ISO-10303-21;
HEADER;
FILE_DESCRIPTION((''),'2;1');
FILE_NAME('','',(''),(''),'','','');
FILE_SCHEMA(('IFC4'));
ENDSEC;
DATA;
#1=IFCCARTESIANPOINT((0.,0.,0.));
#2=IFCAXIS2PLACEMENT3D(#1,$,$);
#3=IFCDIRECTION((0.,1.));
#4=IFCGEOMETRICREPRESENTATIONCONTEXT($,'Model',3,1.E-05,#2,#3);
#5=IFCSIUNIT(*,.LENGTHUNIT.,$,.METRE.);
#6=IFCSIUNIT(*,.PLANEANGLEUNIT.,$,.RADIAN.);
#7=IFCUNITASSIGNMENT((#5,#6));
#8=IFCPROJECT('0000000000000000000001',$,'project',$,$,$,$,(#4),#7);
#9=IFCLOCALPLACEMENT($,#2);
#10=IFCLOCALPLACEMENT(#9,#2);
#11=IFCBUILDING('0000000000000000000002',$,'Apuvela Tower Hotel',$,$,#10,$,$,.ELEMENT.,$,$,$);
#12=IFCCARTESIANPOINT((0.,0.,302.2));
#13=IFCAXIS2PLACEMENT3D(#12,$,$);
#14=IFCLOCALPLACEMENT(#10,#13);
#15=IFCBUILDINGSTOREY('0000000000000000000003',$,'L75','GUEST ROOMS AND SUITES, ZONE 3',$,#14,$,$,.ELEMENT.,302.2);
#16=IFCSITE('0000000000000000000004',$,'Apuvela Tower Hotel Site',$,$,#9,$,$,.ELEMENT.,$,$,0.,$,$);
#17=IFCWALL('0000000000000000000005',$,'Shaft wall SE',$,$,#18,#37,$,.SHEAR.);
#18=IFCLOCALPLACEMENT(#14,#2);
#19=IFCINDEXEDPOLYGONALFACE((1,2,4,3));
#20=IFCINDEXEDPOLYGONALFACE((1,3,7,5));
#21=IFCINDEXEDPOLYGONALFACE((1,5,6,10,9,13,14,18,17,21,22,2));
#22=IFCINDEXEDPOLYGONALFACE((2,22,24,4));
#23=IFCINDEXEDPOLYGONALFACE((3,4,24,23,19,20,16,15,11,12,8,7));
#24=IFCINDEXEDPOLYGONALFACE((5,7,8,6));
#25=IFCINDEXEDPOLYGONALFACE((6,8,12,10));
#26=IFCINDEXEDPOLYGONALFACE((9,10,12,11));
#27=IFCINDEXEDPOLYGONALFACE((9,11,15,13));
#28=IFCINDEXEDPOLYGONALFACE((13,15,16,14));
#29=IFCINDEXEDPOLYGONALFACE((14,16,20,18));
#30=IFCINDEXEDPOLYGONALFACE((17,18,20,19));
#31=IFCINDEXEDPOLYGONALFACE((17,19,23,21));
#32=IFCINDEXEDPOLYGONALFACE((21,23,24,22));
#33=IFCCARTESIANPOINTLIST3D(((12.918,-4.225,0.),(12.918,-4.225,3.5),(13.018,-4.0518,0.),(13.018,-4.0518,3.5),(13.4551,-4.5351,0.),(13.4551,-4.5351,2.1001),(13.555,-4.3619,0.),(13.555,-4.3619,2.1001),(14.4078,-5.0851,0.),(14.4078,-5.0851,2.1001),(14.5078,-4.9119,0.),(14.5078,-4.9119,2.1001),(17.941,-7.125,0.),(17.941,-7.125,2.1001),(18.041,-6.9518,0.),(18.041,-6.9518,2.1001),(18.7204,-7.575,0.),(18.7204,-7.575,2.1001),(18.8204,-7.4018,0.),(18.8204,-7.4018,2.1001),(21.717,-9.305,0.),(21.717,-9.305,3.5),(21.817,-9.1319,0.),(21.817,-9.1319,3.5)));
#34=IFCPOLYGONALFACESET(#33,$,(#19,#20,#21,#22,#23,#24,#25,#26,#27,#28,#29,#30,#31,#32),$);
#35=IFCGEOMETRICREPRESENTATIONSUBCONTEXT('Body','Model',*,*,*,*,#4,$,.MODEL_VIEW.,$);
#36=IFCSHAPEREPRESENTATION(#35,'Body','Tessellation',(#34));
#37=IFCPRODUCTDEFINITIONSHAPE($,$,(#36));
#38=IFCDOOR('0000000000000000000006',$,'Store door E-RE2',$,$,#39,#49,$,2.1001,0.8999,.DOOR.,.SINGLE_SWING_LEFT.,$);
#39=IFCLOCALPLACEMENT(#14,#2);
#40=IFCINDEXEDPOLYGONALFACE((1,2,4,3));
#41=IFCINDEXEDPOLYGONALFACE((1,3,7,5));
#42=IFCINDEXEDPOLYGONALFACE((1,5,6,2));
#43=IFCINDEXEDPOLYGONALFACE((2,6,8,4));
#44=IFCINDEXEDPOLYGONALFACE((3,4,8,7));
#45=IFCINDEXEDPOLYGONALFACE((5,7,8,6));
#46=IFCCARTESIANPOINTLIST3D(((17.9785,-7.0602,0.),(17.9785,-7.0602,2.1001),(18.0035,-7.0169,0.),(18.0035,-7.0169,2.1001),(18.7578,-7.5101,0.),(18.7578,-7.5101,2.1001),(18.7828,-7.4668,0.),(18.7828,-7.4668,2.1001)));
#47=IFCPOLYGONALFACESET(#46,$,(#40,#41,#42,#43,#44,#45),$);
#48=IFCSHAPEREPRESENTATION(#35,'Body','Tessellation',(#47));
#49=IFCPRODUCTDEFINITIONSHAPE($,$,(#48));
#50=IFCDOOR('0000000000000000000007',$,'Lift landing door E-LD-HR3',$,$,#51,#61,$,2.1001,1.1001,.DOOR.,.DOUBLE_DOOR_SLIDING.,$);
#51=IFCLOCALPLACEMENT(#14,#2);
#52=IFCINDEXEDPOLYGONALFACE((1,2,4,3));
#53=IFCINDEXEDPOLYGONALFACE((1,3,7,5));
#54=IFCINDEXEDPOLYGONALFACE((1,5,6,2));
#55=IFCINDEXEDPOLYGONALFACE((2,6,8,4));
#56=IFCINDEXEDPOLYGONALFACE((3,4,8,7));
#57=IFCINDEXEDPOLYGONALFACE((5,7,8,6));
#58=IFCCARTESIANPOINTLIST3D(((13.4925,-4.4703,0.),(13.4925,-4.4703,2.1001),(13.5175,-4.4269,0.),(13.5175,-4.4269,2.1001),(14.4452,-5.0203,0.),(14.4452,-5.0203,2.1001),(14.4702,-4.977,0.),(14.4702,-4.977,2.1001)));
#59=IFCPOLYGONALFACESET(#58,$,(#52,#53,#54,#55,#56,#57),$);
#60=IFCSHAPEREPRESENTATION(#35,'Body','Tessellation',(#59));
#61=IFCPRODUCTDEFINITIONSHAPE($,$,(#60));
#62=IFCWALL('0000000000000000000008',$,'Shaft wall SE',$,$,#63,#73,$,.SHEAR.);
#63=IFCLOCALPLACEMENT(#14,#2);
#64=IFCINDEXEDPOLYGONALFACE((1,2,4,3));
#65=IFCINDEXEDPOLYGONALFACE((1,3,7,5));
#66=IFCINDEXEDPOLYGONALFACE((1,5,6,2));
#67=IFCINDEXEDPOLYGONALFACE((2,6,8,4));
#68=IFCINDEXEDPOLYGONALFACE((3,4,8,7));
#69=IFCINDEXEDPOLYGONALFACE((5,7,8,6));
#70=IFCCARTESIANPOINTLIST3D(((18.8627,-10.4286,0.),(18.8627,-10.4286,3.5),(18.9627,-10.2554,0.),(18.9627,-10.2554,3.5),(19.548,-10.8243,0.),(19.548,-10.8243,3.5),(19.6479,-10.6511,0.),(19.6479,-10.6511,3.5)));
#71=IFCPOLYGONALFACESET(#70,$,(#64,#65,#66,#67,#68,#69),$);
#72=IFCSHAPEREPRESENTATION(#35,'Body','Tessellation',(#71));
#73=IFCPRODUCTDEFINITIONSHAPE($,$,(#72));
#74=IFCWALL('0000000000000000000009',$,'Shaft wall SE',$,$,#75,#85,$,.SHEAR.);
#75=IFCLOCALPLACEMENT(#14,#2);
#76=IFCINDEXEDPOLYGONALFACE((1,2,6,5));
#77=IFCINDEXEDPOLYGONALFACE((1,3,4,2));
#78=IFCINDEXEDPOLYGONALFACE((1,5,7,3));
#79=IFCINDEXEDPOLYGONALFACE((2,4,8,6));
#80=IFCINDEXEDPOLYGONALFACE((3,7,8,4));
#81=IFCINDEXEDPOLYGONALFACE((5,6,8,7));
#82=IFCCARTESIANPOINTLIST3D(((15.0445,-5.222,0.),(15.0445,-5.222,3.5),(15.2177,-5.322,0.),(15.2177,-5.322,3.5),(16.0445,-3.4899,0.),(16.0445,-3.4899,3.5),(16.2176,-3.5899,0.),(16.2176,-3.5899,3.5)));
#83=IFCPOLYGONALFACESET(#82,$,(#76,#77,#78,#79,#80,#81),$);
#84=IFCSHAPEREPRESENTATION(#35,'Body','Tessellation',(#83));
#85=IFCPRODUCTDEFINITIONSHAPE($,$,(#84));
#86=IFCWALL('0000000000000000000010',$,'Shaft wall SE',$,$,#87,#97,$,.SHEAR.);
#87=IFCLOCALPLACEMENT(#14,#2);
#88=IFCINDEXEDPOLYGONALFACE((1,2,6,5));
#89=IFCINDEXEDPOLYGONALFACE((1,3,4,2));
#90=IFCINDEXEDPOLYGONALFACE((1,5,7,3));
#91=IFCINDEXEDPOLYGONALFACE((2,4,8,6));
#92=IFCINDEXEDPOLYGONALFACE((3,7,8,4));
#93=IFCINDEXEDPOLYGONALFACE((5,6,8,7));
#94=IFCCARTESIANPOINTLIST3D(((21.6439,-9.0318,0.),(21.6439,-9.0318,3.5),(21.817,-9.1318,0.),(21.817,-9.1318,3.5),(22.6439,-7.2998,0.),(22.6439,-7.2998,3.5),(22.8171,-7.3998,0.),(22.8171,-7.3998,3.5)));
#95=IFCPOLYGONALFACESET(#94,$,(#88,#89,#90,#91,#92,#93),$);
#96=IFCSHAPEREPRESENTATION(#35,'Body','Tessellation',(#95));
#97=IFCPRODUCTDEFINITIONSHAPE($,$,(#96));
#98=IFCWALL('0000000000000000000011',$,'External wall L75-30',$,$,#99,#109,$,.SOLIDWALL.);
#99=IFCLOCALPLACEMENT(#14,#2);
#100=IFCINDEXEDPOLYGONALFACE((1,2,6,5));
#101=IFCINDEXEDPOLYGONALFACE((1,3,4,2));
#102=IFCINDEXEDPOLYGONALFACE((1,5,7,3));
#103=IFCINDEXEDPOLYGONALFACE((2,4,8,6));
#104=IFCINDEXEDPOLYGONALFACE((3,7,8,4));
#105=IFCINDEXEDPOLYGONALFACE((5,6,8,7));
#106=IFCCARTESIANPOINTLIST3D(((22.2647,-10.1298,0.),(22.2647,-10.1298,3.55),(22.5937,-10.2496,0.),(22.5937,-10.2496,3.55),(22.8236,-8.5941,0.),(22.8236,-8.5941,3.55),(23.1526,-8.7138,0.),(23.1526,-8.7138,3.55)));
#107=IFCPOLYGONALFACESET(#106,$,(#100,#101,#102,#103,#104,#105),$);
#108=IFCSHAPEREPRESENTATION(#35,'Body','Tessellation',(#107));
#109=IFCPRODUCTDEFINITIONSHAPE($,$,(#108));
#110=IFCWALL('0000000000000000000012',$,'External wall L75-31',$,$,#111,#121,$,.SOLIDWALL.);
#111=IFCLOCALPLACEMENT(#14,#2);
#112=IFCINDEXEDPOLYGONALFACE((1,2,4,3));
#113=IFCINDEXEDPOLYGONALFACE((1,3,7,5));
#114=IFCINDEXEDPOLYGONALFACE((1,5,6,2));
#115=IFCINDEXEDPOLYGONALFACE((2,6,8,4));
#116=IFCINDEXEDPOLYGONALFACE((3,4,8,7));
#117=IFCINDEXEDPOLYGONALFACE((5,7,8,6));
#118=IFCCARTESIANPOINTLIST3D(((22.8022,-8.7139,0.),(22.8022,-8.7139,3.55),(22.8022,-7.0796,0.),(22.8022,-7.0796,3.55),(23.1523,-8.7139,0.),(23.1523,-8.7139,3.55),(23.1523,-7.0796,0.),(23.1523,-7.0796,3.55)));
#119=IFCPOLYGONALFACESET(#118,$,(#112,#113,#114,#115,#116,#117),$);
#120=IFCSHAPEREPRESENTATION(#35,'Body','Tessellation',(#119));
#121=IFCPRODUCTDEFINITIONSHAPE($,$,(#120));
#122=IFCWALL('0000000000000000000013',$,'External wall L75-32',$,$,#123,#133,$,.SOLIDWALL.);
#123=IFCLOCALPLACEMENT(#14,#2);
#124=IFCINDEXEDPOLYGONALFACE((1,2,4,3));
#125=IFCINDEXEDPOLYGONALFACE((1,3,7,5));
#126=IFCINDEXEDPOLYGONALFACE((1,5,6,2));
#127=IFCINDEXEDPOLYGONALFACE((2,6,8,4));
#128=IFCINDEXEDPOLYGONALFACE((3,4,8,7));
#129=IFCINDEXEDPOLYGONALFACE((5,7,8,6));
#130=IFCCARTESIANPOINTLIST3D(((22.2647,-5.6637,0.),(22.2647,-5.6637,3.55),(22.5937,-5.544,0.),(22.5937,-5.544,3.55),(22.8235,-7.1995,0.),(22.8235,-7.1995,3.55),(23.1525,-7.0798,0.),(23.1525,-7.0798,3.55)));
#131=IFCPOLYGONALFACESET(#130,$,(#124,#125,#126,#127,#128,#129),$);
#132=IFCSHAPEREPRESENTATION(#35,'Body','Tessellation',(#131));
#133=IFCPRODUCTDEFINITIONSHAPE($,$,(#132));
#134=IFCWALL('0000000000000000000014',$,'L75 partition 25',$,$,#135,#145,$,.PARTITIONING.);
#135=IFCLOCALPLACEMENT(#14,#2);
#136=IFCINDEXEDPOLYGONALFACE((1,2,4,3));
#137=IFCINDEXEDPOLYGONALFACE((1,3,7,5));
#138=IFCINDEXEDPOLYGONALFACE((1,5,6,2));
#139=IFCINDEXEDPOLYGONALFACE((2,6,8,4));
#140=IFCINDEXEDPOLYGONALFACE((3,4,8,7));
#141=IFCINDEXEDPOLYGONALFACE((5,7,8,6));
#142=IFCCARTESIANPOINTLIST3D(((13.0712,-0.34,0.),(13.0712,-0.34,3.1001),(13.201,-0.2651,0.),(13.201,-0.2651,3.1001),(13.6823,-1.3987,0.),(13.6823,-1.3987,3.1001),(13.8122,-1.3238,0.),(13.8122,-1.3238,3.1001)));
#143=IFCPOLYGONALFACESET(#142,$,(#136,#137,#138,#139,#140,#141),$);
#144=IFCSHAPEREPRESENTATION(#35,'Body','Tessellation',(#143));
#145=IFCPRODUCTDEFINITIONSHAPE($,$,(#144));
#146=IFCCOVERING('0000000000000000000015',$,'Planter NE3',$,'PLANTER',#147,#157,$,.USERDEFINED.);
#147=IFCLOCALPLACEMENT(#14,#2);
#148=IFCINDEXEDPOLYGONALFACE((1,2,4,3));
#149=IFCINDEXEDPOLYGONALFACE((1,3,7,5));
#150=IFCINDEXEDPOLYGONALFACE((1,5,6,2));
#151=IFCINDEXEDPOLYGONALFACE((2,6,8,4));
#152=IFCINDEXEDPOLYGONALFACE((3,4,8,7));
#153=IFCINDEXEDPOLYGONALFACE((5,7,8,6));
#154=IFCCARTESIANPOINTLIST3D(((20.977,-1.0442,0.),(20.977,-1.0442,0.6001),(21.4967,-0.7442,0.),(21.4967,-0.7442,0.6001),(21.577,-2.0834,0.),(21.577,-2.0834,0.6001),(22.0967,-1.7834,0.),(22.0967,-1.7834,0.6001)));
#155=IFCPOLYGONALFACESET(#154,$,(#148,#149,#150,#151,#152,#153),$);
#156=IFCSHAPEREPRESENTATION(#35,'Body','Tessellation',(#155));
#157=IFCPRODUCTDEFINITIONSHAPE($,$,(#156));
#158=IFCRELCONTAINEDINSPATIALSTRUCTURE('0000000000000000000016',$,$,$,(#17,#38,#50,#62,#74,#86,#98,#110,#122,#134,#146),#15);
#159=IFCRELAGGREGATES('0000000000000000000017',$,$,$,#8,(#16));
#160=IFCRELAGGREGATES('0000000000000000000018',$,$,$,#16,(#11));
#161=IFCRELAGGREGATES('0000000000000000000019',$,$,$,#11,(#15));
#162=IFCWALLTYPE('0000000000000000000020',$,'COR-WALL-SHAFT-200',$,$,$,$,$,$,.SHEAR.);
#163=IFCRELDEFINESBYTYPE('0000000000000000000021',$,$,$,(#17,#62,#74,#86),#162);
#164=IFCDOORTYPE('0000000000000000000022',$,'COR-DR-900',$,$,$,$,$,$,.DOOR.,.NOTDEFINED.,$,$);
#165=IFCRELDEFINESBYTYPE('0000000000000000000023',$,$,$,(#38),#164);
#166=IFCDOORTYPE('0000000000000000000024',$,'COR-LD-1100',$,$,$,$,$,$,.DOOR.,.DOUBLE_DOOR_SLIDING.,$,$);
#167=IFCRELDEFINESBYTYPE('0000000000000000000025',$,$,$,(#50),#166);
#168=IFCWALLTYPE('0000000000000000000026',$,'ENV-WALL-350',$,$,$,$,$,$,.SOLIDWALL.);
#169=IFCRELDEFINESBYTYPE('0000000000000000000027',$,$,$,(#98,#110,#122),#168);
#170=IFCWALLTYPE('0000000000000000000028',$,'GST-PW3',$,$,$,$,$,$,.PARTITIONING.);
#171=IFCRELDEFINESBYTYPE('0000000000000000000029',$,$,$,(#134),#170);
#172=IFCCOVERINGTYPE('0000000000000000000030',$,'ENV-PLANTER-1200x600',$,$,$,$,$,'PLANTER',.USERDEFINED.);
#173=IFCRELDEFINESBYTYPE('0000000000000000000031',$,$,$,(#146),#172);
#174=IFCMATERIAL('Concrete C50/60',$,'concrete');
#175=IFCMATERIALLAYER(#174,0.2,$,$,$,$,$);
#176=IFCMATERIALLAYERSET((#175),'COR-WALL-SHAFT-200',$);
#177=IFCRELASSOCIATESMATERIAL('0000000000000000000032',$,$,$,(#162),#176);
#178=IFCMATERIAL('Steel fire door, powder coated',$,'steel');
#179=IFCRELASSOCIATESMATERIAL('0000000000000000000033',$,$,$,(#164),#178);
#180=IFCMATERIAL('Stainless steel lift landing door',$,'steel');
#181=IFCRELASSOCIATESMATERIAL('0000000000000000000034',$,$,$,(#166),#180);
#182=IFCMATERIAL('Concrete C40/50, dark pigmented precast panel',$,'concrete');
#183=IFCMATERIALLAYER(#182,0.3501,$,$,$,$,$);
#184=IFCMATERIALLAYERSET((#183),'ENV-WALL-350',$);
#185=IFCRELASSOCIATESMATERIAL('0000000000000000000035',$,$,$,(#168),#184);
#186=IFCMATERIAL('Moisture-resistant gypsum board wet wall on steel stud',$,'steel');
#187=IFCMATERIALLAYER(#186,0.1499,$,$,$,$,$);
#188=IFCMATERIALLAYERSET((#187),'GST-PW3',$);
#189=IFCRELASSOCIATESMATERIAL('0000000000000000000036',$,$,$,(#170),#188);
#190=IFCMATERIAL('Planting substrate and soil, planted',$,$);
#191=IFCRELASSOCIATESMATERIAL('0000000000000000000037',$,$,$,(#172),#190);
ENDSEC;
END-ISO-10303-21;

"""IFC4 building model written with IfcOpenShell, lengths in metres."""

from ifc_helpers import new_model, si_unit, direction, frame, frame_2d, origin, origin_2d, place, context, subcontext, project, spatial, rectangle, extrude, material, layer, layer_set, type_object, element, fill, save


model = new_model("IFC4")

# Units and contexts
model_context = context("Model", 3, precision=1e-05, world=origin(), true_north=direction((0.0, 1.0)))
body_context = subcontext(model_context, "Body", "Model", "MODEL_VIEW")
ifc_project = project(units=[si_unit("LENGTHUNIT", "METRE"), si_unit("PLANEANGLEUNIT", "RADIAN")], contexts=[model_context])

# Site, building, storey
site_placement = place(None, origin())
site = spatial("IfcSite", under=ifc_project, at=site_placement, Name="Apuvela Tower Hotel Site", CompositionType="ELEMENT", RefElevation=0.0)
building_placement = place(site_placement, origin())
building = spatial("IfcBuilding", under=site, at=building_placement, Name="Apuvela Tower Hotel", CompositionType="ELEMENT")
storey_placement = place(building_placement, frame((0.0, 0.0, 302.2)))
storey = spatial("IfcBuildingStorey", under=building, at=storey_placement, Name="L75", Description="GUEST ROOMS AND SUITES, ZONE 3", CompositionType="ELEMENT", Elevation=302.2)

# Shared definitions
ifc_material_1 = material(Name="Concrete C50/60", Category="concrete")
ifc_layer_1 = layer(ifc_material_1, 0.2)
ifc_layer_set_1 = layer_set([ifc_layer_1], Name="COR-WALL-SHAFT-200")
wall_type_1 = type_object("IfcWallType", Name="COR-WALL-SHAFT-200", PredefinedType="SHEAR", material=ifc_layer_set_1)

# Wall, openings, doors
wall_1_placement = place(storey_placement, frame((12.968, -4.1384, 0.0), z_axis=(0.0, 0.0, 1.0), x_axis=(0.866028, -0.499995, 0.0)))
wall_1 = element("IfcWall", 1, at=wall_1_placement, inside=storey, type_object=wall_type_1, Name="Shaft wall SE", PredefinedType="SHEAR", context=body_context, shape_type="SweptSolid", body=[
    extrude(rectangle(XDim=10.1602, YDim=0.2, at=frame_2d((5.0801, 0.0))), origin(), (0.0, 0.0, 1.0), 3.5),
])
opening_1_placement = place(wall_1_placement, frame((0.6201, 0.0, 0.0)))
opening_1 = element("IfcOpeningElement", 2, at=opening_1_placement, cuts=wall_1, PredefinedType="OPENING", context=body_context, shape_type="SweptSolid", body=[
    extrude(rectangle(XDim=1.1001, YDim=2.1001, at=frame_2d((0.55, 1.05))), frame((0.0, 0.1099, 0.0), z_axis=(0.0, -1.0, 0.0), x_axis=(1.0, 0.0, 0.0)), (0.0, 0.0, 1.0), 0.22),
])
opening_2_placement = place(wall_1_placement, frame((5.8, 0.0, 0.0)))
opening_2 = element("IfcOpeningElement", 3, at=opening_2_placement, cuts=wall_1, PredefinedType="OPENING", context=body_context, shape_type="SweptSolid", body=[
    extrude(rectangle(XDim=0.8999, YDim=2.1001, at=frame_2d((0.45, 1.05))), frame((0.0, 0.1099, 0.0), z_axis=(0.0, -1.0, 0.0), x_axis=(1.0, 0.0, 0.0)), (0.0, 0.0, 1.0), 0.22),
])
ifc_material_2 = material(Name="Steel fire door, powder coated", Category="steel")
door_type_1 = type_object("IfcDoorType", Name="COR-DR-900", OperationType="NOTDEFINED", PredefinedType="DOOR", material=ifc_material_2)
door_1_placement = place(opening_2_placement, origin())
door_1 = element("IfcDoor", 4, at=door_1_placement, inside=storey, type_object=door_type_1, Name="Store door E-RE2", OperationType="SINGLE_SWING_LEFT", OverallHeight=2.1001, OverallWidth=0.8999, PredefinedType="DOOR", context=body_context, shape_type="SweptSolid", body=[
    extrude(rectangle(XDim=0.8999, YDim=2.1001, at=frame_2d((0.45, 1.05))), frame((0.0, 0.0249, 0.0), z_axis=(0.0, -1.0, 0.0), x_axis=(1.0, 0.0, 0.0)), (0.0, 0.0, 1.0), 0.05),
])
fill(opening_2, door_1)
ifc_material_3 = material(Name="Stainless steel lift landing door", Category="steel")
door_type_2 = type_object("IfcDoorType", Name="COR-LD-1100", OperationType="DOUBLE_DOOR_SLIDING", PredefinedType="DOOR", material=ifc_material_3)
door_2_placement = place(opening_1_placement, origin())
door_2 = element("IfcDoor", 5, at=door_2_placement, inside=storey, type_object=door_type_2, Name="Lift landing door E-LD-HR3", OperationType="DOUBLE_DOOR_SLIDING", OverallHeight=2.1001, OverallWidth=1.1001, PredefinedType="DOOR", context=body_context, shape_type="SweptSolid", body=[
    extrude(rectangle(XDim=1.1001, YDim=2.1001, at=frame_2d((0.55, 1.05))), frame((0.0, 0.0249, 0.0), z_axis=(0.0, -1.0, 0.0), x_axis=(1.0, 0.0, 0.0)), (0.0, 0.0, 1.0), 0.05),
])
fill(opening_1, door_2)

# Walls
wall_2_placement = place(storey_placement, frame((18.9128, -10.342, 0.0), z_axis=(0.0, 0.0, 1.0), x_axis=(0.865975, -0.500087, 0.0)))
element("IfcWall", 6, at=wall_2_placement, inside=storey, type_object=wall_type_1, Name="Shaft wall SE", PredefinedType="SHEAR", context=body_context, shape_type="SweptSolid", body=[
    extrude(rectangle(XDim=0.7913, YDim=0.2, at=frame_2d((0.3955, 0.0))), origin(), (0.0, 0.0, 1.0), 3.5),
])
for number, where, z_axis, x_axis, name in (
    (7, (15.1311, -5.272, 0.0), (0.0, 0.0, 1.0), (0.499973, 0.866041, 0.0), "Shaft wall SE"),
    (8, (21.7305, -9.0818, 0.0), (0.0, 0.0, 1.0), (0.500025, 0.866011, 0.0), "Shaft wall SE"),
):
    element("IfcWall", number, at=place(storey_placement, frame(where, z_axis=z_axis, x_axis=x_axis)), inside=storey, type_object=wall_type_1, Name=name, PredefinedType="SHEAR", context=body_context, shape_type="SweptSolid", body=[
        extrude(rectangle(XDim=2.0, YDim=0.2, at=frame_2d((1.0, 0.0))), origin(), (0.0, 0.0, 1.0), 3.5),
    ])
ifc_material_4 = material(Name="Concrete C40/50, dark pigmented precast panel", Category="concrete")
ifc_layer_2 = layer(ifc_material_4, 0.3501)
ifc_layer_set_2 = layer_set([ifc_layer_2], Name="ENV-WALL-350")
wall_type_2 = type_object("IfcWallType", Name="ENV-WALL-350", PredefinedType="SOLIDWALL", material=ifc_layer_set_2)
for number, where, z_axis, x_axis, name in (
    (9, (22.4292, -10.1897, 0.0), (0.0, 0.0, 1.0), (0.341971, 0.939711, 0.0), "External wall L75-30"),
    (10, (22.9773, -8.7139, 0.0), (0.0, 0.0, 1.0), (0.0, 1.0, 0.0), "External wall L75-31"),
    (11, (22.988, -7.1396, 0.0), (0.0, 0.0, 1.0), (-0.341923, 0.939728, 0.0), "External wall L75-32"),
):
    element("IfcWall", number, at=place(storey_placement, frame(where, z_axis=z_axis, x_axis=x_axis)), inside=storey, type_object=wall_type_2, Name=name, PredefinedType="SOLIDWALL", context=body_context, shape_type="SweptSolid", body=[
        extrude(rectangle(XDim=1.6343, YDim=0.3501, at=frame_2d((0.8171, 0.0))), origin(), (0.0, 0.0, 1.0), 3.55),
    ])

# Wall
ifc_material_5 = material(Name="Moisture-resistant gypsum board wet wall on steel stud", Category="steel")
ifc_layer_3 = layer(ifc_material_5, 0.1499)
ifc_layer_set_3 = layer_set([ifc_layer_3], Name="GST-PW3")
wall_type_3 = type_object("IfcWallType", Name="GST-PW3", PredefinedType="PARTITIONING", material=ifc_layer_set_3)
wall_3_placement = place(storey_placement, frame((13.7473, -1.3613, 0.0), z_axis=(0.0, 0.0, 1.0), x_axis=(-0.499941, 0.866059, 0.0)))
element("IfcWall", 12, at=wall_3_placement, inside=storey, type_object=wall_type_3, Name="L75 partition 25", PredefinedType="PARTITIONING", context=body_context, shape_type="SweptSolid", body=[
    extrude(rectangle(XDim=1.2224, YDim=0.1499, at=frame_2d((0.6113, 0.0))), origin(), (0.0, 0.0, 1.0), 3.1001),
])

# Covering
ifc_material_6 = material(Name="Planting substrate and soil, planted")
covering_type = type_object("IfcCoveringType", Name="ENV-PLANTER-1200x600", ElementType="PLANTER", PredefinedType="USERDEFINED", material=ifc_material_6)
covering_placement = place(storey_placement, frame((21.5369, -1.4138, 0.0), z_axis=(0.0, 0.0, 1.0), x_axis=(-0.5, 0.866025, 0.0)))
element("IfcCovering", 13, at=covering_placement, inside=storey, type_object=covering_type, Name="Planter NE3", ObjectType="PLANTER", PredefinedType="USERDEFINED", context=body_context, shape_type="SweptSolid", body=[
    extrude(rectangle(XDim=1.2, YDim=0.6001, at=origin_2d()), origin(), (0.0, 0.0, 1.0), 0.6001),
])

save(model, "model.ifc")
